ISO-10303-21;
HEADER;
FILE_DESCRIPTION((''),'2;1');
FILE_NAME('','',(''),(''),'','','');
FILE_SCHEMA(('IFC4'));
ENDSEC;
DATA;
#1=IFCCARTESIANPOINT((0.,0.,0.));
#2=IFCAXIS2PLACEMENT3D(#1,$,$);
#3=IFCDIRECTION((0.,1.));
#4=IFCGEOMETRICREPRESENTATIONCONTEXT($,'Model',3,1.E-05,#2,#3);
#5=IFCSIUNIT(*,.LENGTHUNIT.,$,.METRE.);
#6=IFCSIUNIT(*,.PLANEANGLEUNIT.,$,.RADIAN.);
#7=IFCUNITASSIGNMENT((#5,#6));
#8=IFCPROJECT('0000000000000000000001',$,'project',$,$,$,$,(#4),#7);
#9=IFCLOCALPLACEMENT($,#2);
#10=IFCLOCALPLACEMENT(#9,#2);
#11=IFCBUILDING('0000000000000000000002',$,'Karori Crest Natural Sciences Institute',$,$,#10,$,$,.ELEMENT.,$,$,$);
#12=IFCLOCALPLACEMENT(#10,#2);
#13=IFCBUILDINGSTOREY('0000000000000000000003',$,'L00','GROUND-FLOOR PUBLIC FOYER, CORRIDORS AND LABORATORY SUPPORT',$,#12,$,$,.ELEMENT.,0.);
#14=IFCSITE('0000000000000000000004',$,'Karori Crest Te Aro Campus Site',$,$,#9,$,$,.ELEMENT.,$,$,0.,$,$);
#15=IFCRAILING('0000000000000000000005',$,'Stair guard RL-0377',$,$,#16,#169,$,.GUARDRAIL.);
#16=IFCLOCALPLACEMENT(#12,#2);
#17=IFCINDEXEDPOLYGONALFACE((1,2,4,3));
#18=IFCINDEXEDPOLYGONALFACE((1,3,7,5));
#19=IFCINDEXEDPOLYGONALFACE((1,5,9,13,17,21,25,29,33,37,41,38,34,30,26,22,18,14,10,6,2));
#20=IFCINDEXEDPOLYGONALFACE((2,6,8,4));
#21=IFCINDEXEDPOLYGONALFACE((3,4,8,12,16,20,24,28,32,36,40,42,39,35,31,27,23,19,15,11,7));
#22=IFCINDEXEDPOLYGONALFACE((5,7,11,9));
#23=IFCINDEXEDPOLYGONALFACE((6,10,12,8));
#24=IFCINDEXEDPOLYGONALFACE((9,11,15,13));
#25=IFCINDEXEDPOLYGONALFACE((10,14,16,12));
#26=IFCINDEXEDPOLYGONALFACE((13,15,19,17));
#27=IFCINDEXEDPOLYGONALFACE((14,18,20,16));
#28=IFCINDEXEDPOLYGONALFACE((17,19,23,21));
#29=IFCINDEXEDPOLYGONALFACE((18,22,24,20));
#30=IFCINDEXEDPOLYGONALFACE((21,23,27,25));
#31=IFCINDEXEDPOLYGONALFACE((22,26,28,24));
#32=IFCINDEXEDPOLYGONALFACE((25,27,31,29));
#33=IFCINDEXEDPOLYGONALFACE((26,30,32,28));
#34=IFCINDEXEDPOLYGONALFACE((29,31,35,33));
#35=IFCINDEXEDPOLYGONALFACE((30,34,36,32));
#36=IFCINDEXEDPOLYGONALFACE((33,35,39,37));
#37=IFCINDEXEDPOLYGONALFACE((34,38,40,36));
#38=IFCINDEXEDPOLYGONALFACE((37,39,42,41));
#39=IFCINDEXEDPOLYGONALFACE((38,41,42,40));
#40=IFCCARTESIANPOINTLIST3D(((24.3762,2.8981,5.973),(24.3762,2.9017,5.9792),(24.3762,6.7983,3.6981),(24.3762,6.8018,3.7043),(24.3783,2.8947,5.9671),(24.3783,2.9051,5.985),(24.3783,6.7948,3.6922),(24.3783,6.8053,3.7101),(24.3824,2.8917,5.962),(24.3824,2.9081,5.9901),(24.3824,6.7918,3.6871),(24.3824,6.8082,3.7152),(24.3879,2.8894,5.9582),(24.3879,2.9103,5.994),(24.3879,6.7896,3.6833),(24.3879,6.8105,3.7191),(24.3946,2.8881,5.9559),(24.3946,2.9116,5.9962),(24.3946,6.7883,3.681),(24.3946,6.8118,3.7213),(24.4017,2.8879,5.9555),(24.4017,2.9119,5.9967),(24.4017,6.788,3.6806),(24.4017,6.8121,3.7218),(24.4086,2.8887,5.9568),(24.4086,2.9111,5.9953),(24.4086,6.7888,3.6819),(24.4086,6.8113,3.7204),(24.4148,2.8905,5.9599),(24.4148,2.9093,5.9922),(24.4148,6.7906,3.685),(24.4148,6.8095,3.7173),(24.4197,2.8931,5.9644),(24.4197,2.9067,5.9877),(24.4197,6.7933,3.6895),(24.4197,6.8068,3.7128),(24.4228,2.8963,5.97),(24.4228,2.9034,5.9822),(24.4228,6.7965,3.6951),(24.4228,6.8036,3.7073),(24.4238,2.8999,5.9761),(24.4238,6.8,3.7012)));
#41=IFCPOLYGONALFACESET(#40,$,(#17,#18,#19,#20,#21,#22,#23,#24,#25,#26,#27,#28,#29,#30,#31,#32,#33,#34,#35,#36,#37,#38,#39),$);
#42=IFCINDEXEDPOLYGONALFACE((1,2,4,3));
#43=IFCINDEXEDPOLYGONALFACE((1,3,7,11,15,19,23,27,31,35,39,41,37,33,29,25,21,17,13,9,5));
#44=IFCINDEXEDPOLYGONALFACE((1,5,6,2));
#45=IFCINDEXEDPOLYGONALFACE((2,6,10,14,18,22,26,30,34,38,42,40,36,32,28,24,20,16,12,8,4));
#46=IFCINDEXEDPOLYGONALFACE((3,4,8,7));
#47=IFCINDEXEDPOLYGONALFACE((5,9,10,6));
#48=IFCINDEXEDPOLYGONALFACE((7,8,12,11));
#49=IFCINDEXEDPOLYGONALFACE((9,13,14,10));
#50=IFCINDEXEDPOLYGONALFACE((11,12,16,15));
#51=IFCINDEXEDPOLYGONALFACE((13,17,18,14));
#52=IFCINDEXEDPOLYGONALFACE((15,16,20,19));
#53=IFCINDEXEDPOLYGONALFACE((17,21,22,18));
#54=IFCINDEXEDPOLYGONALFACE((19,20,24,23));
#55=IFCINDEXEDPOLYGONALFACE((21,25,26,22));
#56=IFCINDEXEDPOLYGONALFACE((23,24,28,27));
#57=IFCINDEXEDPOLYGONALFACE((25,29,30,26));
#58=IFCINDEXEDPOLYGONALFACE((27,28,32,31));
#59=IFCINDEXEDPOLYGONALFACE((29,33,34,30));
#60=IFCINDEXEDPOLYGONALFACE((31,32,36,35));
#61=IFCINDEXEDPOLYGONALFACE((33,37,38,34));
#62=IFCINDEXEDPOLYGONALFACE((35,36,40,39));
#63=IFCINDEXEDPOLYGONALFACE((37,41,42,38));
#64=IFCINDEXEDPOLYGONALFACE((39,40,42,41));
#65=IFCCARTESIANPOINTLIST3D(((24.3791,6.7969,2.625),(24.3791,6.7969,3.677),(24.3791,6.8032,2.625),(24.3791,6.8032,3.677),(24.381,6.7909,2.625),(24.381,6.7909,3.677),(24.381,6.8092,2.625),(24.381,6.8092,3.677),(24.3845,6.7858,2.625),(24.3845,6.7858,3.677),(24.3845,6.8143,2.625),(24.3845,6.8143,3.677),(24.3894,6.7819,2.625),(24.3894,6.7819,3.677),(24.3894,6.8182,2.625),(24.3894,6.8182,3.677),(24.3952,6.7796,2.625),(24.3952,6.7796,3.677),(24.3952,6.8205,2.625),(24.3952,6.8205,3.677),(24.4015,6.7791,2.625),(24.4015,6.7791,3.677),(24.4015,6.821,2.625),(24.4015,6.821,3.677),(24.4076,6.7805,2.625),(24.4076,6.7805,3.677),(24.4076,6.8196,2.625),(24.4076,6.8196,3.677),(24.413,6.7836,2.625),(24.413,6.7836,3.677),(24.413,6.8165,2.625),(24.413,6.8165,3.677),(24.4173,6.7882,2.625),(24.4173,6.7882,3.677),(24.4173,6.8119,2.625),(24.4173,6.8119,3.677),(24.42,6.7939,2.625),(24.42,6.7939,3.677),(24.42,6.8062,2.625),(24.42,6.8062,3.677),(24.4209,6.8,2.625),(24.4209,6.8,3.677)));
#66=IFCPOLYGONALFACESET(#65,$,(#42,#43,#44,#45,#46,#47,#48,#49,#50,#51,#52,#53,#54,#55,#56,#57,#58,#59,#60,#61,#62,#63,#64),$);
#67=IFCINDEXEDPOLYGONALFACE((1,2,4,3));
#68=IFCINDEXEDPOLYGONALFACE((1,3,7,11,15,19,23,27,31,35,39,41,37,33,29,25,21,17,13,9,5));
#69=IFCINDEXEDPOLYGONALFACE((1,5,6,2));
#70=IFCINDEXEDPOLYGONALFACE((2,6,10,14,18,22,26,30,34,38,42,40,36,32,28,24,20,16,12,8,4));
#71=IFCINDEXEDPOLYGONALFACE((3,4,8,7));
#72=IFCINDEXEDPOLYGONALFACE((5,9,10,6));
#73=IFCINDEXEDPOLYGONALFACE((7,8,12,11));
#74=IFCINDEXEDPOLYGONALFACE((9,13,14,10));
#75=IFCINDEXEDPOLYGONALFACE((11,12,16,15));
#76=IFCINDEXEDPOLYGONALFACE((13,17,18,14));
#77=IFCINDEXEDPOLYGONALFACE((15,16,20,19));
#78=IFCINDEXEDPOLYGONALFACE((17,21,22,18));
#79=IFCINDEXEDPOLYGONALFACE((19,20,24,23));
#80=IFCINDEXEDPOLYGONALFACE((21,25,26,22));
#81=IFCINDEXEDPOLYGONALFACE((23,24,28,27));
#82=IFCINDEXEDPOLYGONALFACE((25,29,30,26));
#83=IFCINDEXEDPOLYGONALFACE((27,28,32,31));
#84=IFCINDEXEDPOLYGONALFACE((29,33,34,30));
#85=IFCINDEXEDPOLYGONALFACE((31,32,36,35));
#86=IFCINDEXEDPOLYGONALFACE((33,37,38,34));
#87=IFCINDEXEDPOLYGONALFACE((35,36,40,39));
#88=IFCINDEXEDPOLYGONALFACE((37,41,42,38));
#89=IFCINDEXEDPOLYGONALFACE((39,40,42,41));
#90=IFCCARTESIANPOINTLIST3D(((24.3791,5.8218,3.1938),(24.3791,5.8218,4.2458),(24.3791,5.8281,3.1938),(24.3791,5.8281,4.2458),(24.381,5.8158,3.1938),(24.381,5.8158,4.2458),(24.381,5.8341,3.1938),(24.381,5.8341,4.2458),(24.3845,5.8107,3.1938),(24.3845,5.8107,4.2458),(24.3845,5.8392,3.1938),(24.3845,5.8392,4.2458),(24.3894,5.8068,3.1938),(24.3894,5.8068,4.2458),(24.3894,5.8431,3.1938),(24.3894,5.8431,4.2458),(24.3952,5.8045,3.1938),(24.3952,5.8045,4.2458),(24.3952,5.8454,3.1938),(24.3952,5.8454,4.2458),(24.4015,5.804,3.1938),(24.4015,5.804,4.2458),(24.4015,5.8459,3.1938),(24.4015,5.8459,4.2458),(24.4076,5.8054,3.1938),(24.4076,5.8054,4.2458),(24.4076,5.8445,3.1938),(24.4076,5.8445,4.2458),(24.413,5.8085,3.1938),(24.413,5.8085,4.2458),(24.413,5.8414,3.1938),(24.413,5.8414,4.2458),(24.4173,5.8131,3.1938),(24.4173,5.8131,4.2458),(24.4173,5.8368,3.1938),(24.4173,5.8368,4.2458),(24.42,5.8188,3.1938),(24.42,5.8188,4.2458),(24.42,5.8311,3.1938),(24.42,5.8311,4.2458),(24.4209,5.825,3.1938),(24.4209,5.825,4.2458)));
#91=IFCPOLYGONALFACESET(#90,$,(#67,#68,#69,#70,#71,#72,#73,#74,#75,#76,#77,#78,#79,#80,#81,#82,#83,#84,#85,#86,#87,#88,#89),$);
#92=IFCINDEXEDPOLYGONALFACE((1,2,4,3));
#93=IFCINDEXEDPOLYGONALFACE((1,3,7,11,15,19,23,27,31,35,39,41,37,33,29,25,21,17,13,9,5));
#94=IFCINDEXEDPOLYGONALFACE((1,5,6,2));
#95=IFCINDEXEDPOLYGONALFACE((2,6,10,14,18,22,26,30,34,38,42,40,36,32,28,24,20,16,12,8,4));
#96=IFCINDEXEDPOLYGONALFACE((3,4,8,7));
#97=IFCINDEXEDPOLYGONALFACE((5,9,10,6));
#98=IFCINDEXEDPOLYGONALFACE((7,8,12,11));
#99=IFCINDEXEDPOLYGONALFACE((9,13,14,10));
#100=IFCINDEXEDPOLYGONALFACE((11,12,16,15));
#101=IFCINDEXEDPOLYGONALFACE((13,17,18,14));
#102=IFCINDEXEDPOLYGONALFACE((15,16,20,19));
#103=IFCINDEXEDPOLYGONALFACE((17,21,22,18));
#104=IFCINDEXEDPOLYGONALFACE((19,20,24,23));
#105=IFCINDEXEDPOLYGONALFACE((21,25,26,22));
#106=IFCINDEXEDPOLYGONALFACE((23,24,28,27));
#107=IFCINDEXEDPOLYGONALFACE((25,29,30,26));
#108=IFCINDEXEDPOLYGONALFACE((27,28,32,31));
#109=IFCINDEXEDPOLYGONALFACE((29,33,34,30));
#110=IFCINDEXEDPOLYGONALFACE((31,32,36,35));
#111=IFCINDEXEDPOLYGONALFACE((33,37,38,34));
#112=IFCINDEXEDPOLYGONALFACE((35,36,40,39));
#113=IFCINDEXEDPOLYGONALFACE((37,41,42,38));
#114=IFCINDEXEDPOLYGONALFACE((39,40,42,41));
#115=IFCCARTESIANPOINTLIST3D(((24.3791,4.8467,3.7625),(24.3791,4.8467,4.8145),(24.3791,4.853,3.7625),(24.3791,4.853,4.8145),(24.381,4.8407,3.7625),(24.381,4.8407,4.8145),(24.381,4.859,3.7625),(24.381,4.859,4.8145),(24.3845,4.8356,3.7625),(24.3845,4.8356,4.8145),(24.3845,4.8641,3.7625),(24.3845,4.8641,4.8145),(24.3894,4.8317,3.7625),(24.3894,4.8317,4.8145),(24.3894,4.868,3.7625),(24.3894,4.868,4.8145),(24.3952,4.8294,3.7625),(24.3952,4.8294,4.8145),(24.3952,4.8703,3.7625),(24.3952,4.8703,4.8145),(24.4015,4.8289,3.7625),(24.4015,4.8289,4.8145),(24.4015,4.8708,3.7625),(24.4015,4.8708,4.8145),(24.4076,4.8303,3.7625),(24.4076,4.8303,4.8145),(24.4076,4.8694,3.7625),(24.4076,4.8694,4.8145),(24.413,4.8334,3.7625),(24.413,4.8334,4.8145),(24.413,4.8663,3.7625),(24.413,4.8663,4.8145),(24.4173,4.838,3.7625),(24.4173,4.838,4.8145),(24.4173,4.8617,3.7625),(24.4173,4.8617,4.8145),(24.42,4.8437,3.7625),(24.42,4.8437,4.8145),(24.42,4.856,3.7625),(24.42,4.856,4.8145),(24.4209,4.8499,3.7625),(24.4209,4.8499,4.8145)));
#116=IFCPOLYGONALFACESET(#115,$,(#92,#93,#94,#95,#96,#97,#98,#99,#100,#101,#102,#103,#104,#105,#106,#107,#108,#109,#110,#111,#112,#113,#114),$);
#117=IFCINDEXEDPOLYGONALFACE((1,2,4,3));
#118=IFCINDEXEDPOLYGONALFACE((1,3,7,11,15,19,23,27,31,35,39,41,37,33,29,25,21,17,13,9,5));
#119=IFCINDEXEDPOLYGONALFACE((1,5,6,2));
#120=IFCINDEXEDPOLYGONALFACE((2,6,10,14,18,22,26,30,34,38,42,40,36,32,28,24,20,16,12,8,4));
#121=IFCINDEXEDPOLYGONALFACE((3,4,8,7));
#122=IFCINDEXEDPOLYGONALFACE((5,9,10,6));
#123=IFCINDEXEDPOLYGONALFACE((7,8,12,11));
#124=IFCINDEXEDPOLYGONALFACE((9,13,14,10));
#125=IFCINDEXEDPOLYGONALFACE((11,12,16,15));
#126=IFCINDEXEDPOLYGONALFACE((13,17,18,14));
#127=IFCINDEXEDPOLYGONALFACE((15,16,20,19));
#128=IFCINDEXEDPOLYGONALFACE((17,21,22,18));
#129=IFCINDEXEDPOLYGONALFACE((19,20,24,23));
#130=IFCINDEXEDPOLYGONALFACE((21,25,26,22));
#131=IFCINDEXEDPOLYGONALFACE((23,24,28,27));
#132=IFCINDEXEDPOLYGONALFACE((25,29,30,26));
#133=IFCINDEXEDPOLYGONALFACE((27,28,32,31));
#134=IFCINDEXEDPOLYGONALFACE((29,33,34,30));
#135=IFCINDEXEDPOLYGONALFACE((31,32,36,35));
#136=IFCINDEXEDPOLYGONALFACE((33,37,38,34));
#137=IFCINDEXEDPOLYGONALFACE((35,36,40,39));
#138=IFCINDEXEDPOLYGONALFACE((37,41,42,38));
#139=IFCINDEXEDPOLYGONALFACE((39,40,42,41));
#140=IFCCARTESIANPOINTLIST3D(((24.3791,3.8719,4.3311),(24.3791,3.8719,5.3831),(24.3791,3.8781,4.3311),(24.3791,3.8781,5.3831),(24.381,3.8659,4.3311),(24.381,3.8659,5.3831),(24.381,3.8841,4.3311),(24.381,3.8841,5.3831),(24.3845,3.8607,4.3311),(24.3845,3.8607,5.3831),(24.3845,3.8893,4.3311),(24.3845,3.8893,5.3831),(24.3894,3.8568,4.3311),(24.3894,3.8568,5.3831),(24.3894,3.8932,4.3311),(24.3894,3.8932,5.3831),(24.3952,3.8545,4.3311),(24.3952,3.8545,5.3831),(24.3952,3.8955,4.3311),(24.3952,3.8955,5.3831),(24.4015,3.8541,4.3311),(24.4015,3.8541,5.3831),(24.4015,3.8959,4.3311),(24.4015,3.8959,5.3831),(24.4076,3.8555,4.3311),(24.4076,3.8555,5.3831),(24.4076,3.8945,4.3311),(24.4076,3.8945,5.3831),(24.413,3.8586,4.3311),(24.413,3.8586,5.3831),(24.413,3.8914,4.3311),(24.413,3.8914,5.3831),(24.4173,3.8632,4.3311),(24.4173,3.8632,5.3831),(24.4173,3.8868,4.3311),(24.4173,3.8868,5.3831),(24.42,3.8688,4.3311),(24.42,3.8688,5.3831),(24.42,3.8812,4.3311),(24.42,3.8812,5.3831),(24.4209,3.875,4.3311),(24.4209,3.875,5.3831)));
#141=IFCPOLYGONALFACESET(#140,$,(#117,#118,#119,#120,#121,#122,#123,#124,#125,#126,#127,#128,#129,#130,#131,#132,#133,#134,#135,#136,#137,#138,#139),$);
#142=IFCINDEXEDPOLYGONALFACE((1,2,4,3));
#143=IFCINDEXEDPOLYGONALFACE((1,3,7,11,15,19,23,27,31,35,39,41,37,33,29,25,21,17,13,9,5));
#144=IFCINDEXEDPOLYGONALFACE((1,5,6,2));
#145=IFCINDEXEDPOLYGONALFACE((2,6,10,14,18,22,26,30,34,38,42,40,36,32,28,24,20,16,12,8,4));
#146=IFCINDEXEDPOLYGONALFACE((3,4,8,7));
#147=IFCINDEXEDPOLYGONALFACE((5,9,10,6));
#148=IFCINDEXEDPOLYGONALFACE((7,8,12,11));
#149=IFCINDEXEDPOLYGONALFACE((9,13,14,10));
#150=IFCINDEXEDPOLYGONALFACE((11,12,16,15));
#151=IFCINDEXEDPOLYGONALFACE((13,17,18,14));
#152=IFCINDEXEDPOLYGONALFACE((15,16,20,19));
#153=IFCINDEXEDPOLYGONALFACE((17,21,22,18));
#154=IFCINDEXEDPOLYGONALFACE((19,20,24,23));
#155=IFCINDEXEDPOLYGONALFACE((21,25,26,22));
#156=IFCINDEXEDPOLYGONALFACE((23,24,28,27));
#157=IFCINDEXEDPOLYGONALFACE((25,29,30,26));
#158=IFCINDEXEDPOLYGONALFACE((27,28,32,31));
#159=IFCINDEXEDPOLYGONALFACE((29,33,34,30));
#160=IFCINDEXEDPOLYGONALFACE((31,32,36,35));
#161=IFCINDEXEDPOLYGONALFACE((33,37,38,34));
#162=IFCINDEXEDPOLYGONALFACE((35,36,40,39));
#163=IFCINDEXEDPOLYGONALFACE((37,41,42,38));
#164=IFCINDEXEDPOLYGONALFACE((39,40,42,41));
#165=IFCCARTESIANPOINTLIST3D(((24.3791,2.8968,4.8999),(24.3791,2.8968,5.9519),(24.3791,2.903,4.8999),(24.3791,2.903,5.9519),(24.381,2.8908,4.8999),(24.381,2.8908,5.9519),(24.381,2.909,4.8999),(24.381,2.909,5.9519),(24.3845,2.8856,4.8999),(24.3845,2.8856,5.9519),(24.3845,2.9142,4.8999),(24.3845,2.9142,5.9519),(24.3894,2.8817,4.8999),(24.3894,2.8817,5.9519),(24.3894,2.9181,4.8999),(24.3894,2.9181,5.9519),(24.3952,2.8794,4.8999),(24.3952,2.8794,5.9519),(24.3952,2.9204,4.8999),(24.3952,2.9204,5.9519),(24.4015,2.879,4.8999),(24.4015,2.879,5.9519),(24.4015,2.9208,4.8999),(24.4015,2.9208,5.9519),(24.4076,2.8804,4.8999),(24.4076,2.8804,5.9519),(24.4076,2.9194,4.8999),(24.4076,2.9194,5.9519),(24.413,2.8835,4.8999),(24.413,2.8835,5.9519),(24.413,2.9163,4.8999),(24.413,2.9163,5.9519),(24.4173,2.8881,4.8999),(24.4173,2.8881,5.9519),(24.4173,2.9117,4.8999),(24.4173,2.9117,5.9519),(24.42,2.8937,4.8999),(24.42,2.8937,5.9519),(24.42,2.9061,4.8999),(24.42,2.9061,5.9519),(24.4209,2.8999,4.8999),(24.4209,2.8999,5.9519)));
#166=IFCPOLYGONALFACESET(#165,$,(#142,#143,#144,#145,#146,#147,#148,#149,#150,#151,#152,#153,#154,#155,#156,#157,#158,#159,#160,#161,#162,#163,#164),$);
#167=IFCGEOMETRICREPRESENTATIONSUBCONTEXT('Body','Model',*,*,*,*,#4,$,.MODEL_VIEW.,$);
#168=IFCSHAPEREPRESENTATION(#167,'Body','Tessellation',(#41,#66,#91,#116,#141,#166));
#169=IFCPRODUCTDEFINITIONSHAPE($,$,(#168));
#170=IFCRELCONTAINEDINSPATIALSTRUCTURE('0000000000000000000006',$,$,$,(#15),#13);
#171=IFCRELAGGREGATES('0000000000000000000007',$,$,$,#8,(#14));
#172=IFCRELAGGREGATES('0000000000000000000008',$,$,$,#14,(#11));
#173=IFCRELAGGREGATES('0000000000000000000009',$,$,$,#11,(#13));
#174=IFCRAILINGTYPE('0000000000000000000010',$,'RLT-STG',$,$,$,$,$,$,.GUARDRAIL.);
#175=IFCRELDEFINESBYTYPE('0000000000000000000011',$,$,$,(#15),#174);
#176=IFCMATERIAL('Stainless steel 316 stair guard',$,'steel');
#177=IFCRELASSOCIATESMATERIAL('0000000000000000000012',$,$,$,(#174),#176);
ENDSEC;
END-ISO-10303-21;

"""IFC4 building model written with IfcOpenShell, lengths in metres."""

from ifc_helpers import new_model, si_unit, direction, frame, origin, origin_2d, place, context, subcontext, project, spatial, circle, extrude, material, type_object, element, save


model = new_model("IFC4")

# Units and contexts
model_context = context("Model", 3, precision=1e-05, world=origin(), true_north=direction((0.0, 1.0)))
body_context = subcontext(model_context, "Body", "Model", "MODEL_VIEW")
ifc_project = project(units=[si_unit("LENGTHUNIT", "METRE"), si_unit("PLANEANGLEUNIT", "RADIAN")], contexts=[model_context])

# Site, building, storey
site_placement = place(None, origin())
site = spatial("IfcSite", under=ifc_project, at=site_placement, Name="Karori Crest Te Aro Campus Site", CompositionType="ELEMENT", RefElevation=0.0)
building_placement = place(site_placement, origin())
building = spatial("IfcBuilding", under=site, at=building_placement, Name="Karori Crest Natural Sciences Institute", CompositionType="ELEMENT")
storey_placement = place(building_placement, origin())
storey = spatial("IfcBuildingStorey", under=building, at=storey_placement, Name="L00", Description="GROUND-FLOOR PUBLIC FOYER, CORRIDORS AND LABORATORY SUPPORT", CompositionType="ELEMENT", Elevation=0.0)

# Railing
ifc_material_1 = material(Name="Stainless steel 316 stair guard", Category="steel")
railing_type_1 = type_object("IfcRailingType", Name="RLT-STG", PredefinedType="GUARDRAIL", material=ifc_material_1)
railing_1_placement = place(storey_placement, frame((24.3999, 6.8, 2.625)))
element("IfcRailing", 1, at=railing_1_placement, inside=storey, type_object=railing_type_1, Name="Stair guard RL-0377", PredefinedType="GUARDRAIL", context=body_context, shape_type="SweptSolid", body=[
    extrude(circle(Radius=0.0239, at=origin_2d()), frame((0.0, 0.0, 1.0762), z_axis=(0.0, -0.863797, 0.503841), x_axis=(1.0, 0.0, 0.0)), (0.0, 0.0, 1.0), 4.5151),
    extrude(circle(Radius=0.021, at=origin_2d()), origin(), (0.0, 0.0, 1.0), 1.052),
    extrude(circle(Radius=0.021, at=origin_2d()), frame((0.0, -0.9751, 0.5688)), (0.0, 0.0, 1.0), 1.052),
    extrude(circle(Radius=0.021, at=origin_2d()), frame((0.0, -1.9502, 1.1375)), (0.0, 0.0, 1.0), 1.052),
    extrude(circle(Radius=0.021, at=origin_2d()), frame((0.0, -2.925, 1.7061)), (0.0, 0.0, 1.0), 1.052),
    extrude(circle(Radius=0.021, at=origin_2d()), frame((0.0, -3.9001, 2.2749)), (0.0, 0.0, 1.0), 1.052),
])

save(model, "model.ifc")
